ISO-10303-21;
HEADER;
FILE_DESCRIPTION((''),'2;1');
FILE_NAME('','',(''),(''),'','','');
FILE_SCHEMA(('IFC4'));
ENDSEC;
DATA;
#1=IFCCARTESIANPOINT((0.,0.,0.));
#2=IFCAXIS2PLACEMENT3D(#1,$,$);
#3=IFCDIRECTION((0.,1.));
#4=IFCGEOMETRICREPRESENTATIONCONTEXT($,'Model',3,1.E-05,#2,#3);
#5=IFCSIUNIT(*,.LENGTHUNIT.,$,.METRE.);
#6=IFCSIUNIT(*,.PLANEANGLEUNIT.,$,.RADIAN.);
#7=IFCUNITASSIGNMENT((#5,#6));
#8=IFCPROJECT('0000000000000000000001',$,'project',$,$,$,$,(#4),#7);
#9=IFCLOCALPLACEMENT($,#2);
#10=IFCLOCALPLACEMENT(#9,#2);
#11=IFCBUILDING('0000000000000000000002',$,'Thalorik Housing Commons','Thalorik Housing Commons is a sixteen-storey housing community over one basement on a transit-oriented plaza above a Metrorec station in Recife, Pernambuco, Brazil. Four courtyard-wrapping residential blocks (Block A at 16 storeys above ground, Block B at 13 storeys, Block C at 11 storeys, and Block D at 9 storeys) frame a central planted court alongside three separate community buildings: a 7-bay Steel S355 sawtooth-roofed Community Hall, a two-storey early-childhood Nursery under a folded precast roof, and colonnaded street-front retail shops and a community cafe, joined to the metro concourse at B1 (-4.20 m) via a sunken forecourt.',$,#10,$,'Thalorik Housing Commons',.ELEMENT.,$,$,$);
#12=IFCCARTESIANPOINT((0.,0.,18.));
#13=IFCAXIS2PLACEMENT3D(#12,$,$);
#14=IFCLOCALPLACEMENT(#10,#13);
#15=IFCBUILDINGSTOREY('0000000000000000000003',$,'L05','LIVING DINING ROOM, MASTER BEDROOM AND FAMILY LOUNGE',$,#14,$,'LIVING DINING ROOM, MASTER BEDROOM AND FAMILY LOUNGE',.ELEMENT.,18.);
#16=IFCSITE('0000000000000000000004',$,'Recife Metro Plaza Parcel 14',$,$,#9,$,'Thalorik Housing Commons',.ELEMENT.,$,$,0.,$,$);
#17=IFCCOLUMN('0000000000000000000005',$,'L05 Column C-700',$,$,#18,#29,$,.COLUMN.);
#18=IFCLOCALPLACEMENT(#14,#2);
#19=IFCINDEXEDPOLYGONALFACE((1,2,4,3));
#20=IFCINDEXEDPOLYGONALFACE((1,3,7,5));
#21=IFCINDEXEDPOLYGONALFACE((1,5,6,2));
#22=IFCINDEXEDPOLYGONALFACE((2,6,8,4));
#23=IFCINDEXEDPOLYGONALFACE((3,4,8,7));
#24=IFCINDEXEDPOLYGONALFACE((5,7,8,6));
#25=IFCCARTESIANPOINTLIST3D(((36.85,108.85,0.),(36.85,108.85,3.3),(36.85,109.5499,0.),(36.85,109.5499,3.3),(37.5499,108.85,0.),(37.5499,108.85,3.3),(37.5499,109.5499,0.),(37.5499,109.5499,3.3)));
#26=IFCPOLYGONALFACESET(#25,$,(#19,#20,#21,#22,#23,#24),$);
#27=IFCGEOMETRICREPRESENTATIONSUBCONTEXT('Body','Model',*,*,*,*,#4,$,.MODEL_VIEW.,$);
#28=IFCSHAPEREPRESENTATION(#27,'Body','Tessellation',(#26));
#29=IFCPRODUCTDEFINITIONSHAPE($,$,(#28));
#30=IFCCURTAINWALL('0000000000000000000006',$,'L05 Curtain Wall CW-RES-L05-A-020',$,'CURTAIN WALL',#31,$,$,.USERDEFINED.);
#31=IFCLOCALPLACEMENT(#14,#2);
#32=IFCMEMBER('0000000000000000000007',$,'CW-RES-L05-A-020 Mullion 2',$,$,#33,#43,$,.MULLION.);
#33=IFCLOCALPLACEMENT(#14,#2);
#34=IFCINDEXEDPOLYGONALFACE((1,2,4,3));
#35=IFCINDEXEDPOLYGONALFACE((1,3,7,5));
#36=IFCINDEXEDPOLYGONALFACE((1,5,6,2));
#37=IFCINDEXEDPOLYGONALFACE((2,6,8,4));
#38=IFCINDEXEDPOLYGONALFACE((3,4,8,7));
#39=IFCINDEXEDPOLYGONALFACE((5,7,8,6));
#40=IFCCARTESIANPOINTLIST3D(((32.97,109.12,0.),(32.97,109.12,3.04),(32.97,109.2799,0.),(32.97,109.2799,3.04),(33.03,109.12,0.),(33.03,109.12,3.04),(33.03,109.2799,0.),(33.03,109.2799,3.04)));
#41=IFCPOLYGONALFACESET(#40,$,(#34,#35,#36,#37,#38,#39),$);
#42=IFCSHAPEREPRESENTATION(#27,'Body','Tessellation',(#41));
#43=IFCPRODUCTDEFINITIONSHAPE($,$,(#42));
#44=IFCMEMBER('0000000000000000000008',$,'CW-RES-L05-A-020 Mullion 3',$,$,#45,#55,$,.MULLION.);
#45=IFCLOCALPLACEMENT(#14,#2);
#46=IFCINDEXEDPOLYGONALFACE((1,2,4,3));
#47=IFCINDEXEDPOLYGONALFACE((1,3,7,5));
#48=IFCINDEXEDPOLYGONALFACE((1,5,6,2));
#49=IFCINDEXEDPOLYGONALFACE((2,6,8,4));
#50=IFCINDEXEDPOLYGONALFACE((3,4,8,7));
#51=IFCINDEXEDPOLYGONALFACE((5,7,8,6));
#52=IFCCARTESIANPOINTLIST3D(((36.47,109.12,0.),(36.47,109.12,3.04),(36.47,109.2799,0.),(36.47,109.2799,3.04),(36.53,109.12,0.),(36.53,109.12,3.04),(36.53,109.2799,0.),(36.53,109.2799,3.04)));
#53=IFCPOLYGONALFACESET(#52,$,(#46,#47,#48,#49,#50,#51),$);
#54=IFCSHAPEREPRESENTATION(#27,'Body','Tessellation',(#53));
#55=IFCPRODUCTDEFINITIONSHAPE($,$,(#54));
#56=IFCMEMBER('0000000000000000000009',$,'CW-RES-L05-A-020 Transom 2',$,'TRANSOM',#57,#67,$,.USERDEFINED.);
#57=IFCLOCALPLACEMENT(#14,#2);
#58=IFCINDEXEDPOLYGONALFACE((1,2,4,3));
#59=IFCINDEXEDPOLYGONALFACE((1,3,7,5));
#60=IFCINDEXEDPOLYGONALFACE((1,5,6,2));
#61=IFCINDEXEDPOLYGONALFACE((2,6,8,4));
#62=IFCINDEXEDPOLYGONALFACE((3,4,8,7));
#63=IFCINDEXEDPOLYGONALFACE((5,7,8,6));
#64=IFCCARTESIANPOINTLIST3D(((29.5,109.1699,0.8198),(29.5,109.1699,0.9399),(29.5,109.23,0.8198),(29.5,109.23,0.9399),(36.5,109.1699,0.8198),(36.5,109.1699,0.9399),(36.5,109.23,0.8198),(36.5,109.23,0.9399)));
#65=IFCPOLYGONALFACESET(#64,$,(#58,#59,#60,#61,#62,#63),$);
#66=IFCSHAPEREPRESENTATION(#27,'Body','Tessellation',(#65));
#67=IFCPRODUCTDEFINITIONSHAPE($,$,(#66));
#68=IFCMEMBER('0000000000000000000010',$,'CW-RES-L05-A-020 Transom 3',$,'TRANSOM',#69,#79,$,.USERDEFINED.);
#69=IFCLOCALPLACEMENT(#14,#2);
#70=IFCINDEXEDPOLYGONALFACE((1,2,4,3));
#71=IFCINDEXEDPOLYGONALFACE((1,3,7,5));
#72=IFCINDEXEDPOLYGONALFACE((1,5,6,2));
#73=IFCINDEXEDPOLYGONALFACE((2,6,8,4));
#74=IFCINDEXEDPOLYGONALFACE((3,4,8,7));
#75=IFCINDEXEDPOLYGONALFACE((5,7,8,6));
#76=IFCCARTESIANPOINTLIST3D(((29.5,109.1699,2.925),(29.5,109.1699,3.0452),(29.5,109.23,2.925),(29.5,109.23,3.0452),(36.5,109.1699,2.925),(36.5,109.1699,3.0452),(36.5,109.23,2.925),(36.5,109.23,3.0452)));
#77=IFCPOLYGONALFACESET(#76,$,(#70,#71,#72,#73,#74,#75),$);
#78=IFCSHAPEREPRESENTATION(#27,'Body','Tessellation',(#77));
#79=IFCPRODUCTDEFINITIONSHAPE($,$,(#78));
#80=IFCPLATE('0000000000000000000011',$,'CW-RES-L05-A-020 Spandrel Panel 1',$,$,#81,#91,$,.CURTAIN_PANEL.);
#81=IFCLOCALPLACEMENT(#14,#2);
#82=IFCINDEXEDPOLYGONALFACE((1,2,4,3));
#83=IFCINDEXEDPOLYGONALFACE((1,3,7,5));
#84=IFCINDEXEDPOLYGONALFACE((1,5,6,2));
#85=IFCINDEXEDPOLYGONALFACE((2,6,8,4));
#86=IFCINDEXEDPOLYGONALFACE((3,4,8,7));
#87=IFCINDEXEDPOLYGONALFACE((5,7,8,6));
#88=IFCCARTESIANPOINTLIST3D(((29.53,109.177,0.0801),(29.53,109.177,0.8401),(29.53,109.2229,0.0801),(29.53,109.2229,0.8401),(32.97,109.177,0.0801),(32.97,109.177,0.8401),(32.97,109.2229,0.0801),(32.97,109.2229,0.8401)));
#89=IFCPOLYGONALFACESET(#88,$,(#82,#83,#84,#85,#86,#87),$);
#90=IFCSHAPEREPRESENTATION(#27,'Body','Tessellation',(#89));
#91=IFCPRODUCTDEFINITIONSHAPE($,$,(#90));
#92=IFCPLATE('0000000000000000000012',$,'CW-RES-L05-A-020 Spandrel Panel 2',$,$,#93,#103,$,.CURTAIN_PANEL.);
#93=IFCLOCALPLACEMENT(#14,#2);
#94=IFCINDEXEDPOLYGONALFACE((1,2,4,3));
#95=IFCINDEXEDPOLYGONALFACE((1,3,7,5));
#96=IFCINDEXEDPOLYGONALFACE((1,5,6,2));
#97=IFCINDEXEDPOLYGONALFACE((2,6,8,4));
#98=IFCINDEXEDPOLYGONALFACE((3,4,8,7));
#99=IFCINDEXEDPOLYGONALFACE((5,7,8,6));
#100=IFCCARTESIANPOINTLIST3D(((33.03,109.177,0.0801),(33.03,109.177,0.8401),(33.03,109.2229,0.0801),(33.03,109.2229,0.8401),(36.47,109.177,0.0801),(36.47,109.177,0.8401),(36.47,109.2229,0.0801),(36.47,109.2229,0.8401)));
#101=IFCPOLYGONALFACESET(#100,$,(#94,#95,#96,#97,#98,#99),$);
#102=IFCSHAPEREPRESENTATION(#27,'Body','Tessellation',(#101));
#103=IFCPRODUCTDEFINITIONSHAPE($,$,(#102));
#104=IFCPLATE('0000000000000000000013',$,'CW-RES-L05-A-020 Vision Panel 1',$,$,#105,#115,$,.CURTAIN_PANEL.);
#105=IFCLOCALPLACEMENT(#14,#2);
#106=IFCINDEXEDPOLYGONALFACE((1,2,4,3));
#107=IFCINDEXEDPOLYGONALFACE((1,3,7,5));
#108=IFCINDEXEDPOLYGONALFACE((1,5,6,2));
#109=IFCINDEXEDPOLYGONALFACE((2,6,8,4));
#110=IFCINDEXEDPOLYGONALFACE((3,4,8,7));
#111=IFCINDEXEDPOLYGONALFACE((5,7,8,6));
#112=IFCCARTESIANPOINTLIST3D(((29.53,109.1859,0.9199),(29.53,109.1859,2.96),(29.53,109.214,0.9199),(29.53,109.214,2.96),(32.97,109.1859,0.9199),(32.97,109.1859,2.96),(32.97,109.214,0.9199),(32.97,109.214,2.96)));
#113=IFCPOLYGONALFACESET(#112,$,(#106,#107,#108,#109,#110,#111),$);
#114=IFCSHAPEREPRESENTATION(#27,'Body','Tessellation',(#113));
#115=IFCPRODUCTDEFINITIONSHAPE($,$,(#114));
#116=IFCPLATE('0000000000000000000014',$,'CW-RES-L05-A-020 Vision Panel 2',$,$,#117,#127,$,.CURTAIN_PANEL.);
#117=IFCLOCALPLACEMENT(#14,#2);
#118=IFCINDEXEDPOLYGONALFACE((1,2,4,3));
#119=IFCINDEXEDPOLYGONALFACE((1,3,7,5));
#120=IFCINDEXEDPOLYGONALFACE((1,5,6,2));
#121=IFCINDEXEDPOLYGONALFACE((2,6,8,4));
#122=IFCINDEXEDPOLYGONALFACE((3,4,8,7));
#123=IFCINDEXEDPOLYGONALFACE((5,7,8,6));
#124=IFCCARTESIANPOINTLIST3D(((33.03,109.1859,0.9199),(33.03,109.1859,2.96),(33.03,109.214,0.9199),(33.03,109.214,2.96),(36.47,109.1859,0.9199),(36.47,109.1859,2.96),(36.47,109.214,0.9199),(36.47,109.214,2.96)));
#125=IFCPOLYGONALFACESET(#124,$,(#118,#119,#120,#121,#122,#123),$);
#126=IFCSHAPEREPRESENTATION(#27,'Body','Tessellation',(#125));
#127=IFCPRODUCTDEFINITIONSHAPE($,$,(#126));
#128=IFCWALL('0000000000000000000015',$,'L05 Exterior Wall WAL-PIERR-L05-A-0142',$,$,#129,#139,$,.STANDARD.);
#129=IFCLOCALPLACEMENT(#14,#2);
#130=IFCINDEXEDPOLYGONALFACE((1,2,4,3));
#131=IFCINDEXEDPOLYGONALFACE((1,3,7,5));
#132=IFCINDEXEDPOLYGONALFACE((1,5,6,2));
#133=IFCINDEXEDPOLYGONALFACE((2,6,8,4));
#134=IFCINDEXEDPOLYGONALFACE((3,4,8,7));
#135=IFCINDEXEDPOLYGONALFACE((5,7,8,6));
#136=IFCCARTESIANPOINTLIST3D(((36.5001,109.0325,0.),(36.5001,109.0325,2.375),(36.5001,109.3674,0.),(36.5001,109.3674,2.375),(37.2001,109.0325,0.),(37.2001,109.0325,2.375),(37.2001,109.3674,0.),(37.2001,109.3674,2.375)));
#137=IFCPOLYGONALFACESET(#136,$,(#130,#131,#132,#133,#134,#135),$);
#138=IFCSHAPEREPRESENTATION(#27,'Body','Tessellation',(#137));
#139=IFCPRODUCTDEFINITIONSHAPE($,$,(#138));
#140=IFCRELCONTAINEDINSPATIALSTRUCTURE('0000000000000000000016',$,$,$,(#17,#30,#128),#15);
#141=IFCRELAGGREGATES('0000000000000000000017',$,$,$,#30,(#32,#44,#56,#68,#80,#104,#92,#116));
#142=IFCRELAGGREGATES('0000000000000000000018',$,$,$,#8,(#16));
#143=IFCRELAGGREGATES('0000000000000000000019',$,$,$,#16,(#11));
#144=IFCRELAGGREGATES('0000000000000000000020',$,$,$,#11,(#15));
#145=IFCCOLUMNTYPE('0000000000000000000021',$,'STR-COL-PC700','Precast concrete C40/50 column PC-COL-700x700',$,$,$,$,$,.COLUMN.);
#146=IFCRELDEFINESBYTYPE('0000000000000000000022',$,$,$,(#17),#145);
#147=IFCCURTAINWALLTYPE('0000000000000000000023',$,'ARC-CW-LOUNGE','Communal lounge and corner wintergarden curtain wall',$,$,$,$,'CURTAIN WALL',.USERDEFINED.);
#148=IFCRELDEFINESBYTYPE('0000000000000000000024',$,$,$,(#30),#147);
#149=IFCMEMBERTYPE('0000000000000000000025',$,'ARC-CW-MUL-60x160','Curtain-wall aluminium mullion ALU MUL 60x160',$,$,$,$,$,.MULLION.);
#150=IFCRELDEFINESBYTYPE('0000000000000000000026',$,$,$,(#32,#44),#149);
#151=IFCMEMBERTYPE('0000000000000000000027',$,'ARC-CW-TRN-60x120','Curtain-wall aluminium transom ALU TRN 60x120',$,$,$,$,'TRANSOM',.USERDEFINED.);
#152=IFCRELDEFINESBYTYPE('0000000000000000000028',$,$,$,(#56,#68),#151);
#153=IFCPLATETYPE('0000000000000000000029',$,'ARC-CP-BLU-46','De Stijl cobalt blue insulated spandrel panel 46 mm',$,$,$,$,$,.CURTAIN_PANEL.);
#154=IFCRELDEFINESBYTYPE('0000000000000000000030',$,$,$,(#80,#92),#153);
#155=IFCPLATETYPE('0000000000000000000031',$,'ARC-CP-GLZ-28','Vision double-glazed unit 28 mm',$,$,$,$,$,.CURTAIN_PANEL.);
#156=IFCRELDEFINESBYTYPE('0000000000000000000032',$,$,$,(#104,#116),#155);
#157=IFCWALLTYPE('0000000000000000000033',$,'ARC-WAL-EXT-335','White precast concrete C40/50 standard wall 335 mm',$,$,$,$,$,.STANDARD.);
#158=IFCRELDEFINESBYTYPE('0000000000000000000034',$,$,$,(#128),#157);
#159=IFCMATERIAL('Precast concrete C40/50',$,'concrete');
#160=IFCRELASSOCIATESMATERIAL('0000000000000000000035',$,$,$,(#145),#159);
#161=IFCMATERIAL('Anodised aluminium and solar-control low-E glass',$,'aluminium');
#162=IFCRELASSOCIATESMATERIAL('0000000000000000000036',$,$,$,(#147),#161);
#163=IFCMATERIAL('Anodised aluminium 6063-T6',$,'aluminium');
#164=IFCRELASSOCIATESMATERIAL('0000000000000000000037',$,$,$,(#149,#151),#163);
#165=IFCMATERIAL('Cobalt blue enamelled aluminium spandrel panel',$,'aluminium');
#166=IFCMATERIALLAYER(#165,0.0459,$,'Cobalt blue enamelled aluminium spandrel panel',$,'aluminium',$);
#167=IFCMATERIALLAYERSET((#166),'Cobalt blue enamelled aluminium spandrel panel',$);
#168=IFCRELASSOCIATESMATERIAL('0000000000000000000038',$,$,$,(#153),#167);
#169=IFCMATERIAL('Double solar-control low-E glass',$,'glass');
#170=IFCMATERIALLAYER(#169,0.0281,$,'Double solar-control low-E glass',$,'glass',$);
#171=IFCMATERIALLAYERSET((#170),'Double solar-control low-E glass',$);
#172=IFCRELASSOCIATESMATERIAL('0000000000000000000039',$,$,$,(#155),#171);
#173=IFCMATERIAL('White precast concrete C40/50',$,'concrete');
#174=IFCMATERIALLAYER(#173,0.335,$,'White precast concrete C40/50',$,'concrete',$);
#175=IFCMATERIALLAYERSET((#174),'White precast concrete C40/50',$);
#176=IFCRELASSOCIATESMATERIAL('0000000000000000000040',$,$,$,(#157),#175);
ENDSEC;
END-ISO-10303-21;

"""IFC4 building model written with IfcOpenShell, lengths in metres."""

from ifc_helpers import new_model, si_unit, direction, frame, frame_2d, origin, origin_2d, place, context, subcontext, project, spatial, rectangle, extrude, material, layer, layer_set, material_profile, profile_set, type_object, element, aggregate, save


model = new_model("IFC4")

# Units and contexts
model_context = context("Model", 3, precision=1e-05, world=origin(), true_north=direction((0.0, 1.0)))
body_context = subcontext(model_context, "Body", "Model", "MODEL_VIEW")
ifc_project = project(units=[si_unit("LENGTHUNIT", "METRE"), si_unit("PLANEANGLEUNIT", "RADIAN")], contexts=[model_context])

# Site, building, storey
site_placement = place(None, origin())
site = spatial("IfcSite", under=ifc_project, at=site_placement, Name="Recife Metro Plaza Parcel 14", LongName="Thalorik Housing Commons", CompositionType="ELEMENT", RefElevation=0.0)
building_placement = place(site_placement, origin())
building = spatial("IfcBuilding", under=site, at=building_placement, Name="Thalorik Housing Commons", Description="Thalorik Housing Commons is a sixteen-storey housing community over one basement on a transit-oriented plaza above a Metrorec station in Recife, Pernambuco, Brazil. Four courtyard-wrapping residential blocks (Block A at 16 storeys above ground, Block B at 13 storeys, Block C at 11 storeys, and Block D at 9 storeys) frame a central planted court alongside three separate community buildings: a 7-bay Steel S355 sawtooth-roofed Community Hall, a two-storey early-childhood Nursery under a folded precast roof, and colonnaded street-front retail shops and a community cafe, joined to the metro concourse at B1 (-4.20 m) via a sunken forecourt.", LongName="Thalorik Housing Commons", CompositionType="ELEMENT")
storey_placement = place(building_placement, frame((0.0, 0.0, 18.0)))
storey = spatial("IfcBuildingStorey", under=building, at=storey_placement, Name="L05", Description="LIVING DINING ROOM, MASTER BEDROOM AND FAMILY LOUNGE", LongName="LIVING DINING ROOM, MASTER BEDROOM AND FAMILY LOUNGE", CompositionType="ELEMENT", Elevation=18.0)

# Column
ifc_material_1 = material(Name="Precast concrete C40/50", Category="concrete")
ifc_material_profile_1 = material_profile(ifc_material_1, rectangle(XDim=0.7, YDim=0.7, at=origin_2d()), Name="PC 700x700", Category="concrete")
ifc_profile_set_1 = profile_set([ifc_material_profile_1], Name="Precast concrete C40/50")
column_type = type_object("IfcColumnType", Name="STR-COL-PC700", Description="Precast concrete C40/50 column PC-COL-700x700", PredefinedType="COLUMN", material=ifc_profile_set_1)
column_placement = place(storey_placement, frame((37.2, 109.2, 0.0), z_axis=(0.0, 0.0, 1.0), x_axis=(1.0, 0.0, 0.0)))
element("IfcColumn", 1, at=column_placement, inside=storey, type_object=column_type, Name="L05 Column C-700", PredefinedType="COLUMN", context=body_context, shape_type="SweptSolid", body=[
    extrude(rectangle(XDim=0.7, YDim=0.7, at=origin_2d()), origin(), (0.0, 0.0, 1.0), 3.3),
])

# Curtain wall, members, plates
ifc_material_2 = material(Name="Anodised aluminium and solar-control low-E glass", Category="aluminium")
curtain_wall_type = type_object("IfcCurtainWallType", Name="ARC-CW-LOUNGE", Description="Communal lounge and corner wintergarden curtain wall", ElementType="CURTAIN WALL", PredefinedType="USERDEFINED", material=ifc_material_2)
curtain_wall_placement = place(storey_placement, origin())
curtain_wall = element("IfcCurtainWall", 2, at=curtain_wall_placement, inside=storey, type_object=curtain_wall_type, Name="L05 Curtain Wall CW-RES-L05-A-020", ObjectType="CURTAIN WALL", PredefinedType="USERDEFINED")
ifc_material_3 = material(Name="Anodised aluminium 6063-T6", Category="aluminium")
ifc_material_profile_2 = material_profile(ifc_material_3, rectangle(XDim=0.0601, YDim=0.1599, at=origin_2d()), Name="ALU MUL 60x160", Category="aluminium")
ifc_profile_set_2 = profile_set([ifc_material_profile_2], Name="Anodised aluminium 6063-T6")
member_type_1 = type_object("IfcMemberType", Name="ARC-CW-MUL-60x160", Description="Curtain-wall aluminium mullion ALU MUL 60x160", PredefinedType="MULLION", material=ifc_profile_set_2)
member_1_placement = place(storey_placement, frame((33.0, 109.2, 0.0), z_axis=(0.0, 0.0, 1.0), x_axis=(1.0, 0.0, 0.0)))
member_1 = element("IfcMember", 3, at=member_1_placement, type_object=member_type_1, Name="CW-RES-L05-A-020 Mullion 2", PredefinedType="MULLION", context=body_context, shape_type="SweptSolid", body=[
    extrude(rectangle(XDim=0.0601, YDim=0.1599, at=origin_2d()), origin(), (0.0, 0.0, 1.0), 3.04),
])
member_2_placement = place(storey_placement, frame((36.5, 109.2, 0.0), z_axis=(0.0, 0.0, 1.0), x_axis=(1.0, 0.0, 0.0)))
member_2 = element("IfcMember", 4, at=member_2_placement, type_object=member_type_1, Name="CW-RES-L05-A-020 Mullion 3", PredefinedType="MULLION", context=body_context, shape_type="SweptSolid", body=[
    extrude(rectangle(XDim=0.0601, YDim=0.1599, at=origin_2d()), origin(), (0.0, 0.0, 1.0), 3.04),
])
ifc_material_profile_3 = material_profile(ifc_material_3, rectangle(XDim=0.0601, YDim=0.1201, at=origin_2d()), Name="ALU TRN 60x120", Category="aluminium")
ifc_profile_set_3 = profile_set([ifc_material_profile_3], Name="Anodised aluminium 6063-T6")
member_type_2 = type_object("IfcMemberType", Name="ARC-CW-TRN-60x120", Description="Curtain-wall aluminium transom ALU TRN 60x120", ElementType="TRANSOM", PredefinedType="USERDEFINED", material=ifc_profile_set_3)
member_3_placement = place(storey_placement, frame((29.5, 109.2, 0.8799), z_axis=(1.0, 0.0, 0.0), x_axis=(0.0, 1.0, 0.0)))
member_3 = element("IfcMember", 5, at=member_3_placement, type_object=member_type_2, Name="CW-RES-L05-A-020 Transom 2", ObjectType="TRANSOM", PredefinedType="USERDEFINED", context=body_context, shape_type="SweptSolid", body=[
    extrude(rectangle(XDim=0.0601, YDim=0.1201, at=origin_2d()), origin(), (0.0, 0.0, 1.0), 7.0),
])
member_4_placement = place(storey_placement, frame((29.5, 109.2, 2.9851), z_axis=(1.0, 0.0, 0.0), x_axis=(0.0, 1.0, 0.0)))
member_4 = element("IfcMember", 6, at=member_4_placement, type_object=member_type_2, Name="CW-RES-L05-A-020 Transom 3", ObjectType="TRANSOM", PredefinedType="USERDEFINED", context=body_context, shape_type="SweptSolid", body=[
    extrude(rectangle(XDim=0.0601, YDim=0.1201, at=origin_2d()), origin(), (0.0, 0.0, 1.0), 7.0),
])
ifc_material_4 = material(Name="Cobalt blue enamelled aluminium spandrel panel", Category="aluminium")
ifc_layer_1 = layer(ifc_material_4, 0.0459, Name="Cobalt blue enamelled aluminium spandrel panel", Category="aluminium")
ifc_layer_set_1 = layer_set([ifc_layer_1], Name="Cobalt blue enamelled aluminium spandrel panel")
plate_type_1 = type_object("IfcPlateType", Name="ARC-CP-BLU-46", Description="De Stijl cobalt blue insulated spandrel panel 46 mm", PredefinedType="CURTAIN_PANEL", material=ifc_layer_set_1)
plate_1_placement = place(storey_placement, frame((31.25, 109.2, 0.0801), z_axis=(0.0, 0.0, 1.0), x_axis=(1.0, 0.0, 0.0)))
plate_1 = element("IfcPlate", 7, at=plate_1_placement, type_object=plate_type_1, Name="CW-RES-L05-A-020 Spandrel Panel 1", PredefinedType="CURTAIN_PANEL", context=body_context, shape_type="SweptSolid", body=[
    extrude(rectangle(XDim=3.4399, YDim=0.0459, at=origin_2d()), origin(), (0.0, 0.0, 1.0), 0.76),
])
plate_2_placement = place(storey_placement, frame((34.75, 109.2, 0.0801), z_axis=(0.0, 0.0, 1.0), x_axis=(1.0, 0.0, 0.0)))
plate_2 = element("IfcPlate", 8, at=plate_2_placement, type_object=plate_type_1, Name="CW-RES-L05-A-020 Spandrel Panel 2", PredefinedType="CURTAIN_PANEL", context=body_context, shape_type="SweptSolid", body=[
    extrude(rectangle(XDim=3.4399, YDim=0.0459, at=origin_2d()), origin(), (0.0, 0.0, 1.0), 0.76),
])
ifc_material_5 = material(Name="Double solar-control low-E glass", Category="glass")
ifc_layer_2 = layer(ifc_material_5, 0.0281, Name="Double solar-control low-E glass", Category="glass")
ifc_layer_set_2 = layer_set([ifc_layer_2], Name="Double solar-control low-E glass")
plate_type_2 = type_object("IfcPlateType", Name="ARC-CP-GLZ-28", Description="Vision double-glazed unit 28 mm", PredefinedType="CURTAIN_PANEL", material=ifc_layer_set_2)
plate_3_placement = place(storey_placement, frame((31.25, 109.2, 0.9199), z_axis=(0.0, 0.0, 1.0), x_axis=(1.0, 0.0, 0.0)))
plate_3 = element("IfcPlate", 9, at=plate_3_placement, type_object=plate_type_2, Name="CW-RES-L05-A-020 Vision Panel 1", PredefinedType="CURTAIN_PANEL", context=body_context, shape_type="SweptSolid", body=[
    extrude(rectangle(XDim=3.4399, YDim=0.0281, at=origin_2d()), origin(), (0.0, 0.0, 1.0), 2.04),
])
plate_4_placement = place(storey_placement, frame((34.75, 109.2, 0.9199), z_axis=(0.0, 0.0, 1.0), x_axis=(1.0, 0.0, 0.0)))
plate_4 = element("IfcPlate", 10, at=plate_4_placement, type_object=plate_type_2, Name="CW-RES-L05-A-020 Vision Panel 2", PredefinedType="CURTAIN_PANEL", context=body_context, shape_type="SweptSolid", body=[
    extrude(rectangle(XDim=3.4399, YDim=0.0281, at=origin_2d()), origin(), (0.0, 0.0, 1.0), 2.04),
])
aggregate(curtain_wall, [member_1, member_2, member_3, member_4, plate_1, plate_3, plate_2, plate_4])

# Wall
ifc_material_6 = material(Name="White precast concrete C40/50", Category="concrete")
ifc_layer_3 = layer(ifc_material_6, 0.335, Name="White precast concrete C40/50", Category="concrete")
ifc_layer_set_3 = layer_set([ifc_layer_3], Name="White precast concrete C40/50")
wall_type_1 = type_object("IfcWallType", Name="ARC-WAL-EXT-335", Description="White precast concrete C40/50 standard wall 335 mm", PredefinedType="STANDARD", material=ifc_layer_set_3)
wall_1_placement = place(storey_placement, frame((36.5, 109.2, 0.0), z_axis=(0.0, 0.0, 1.0), x_axis=(1.0, 0.0, 0.0)))
element("IfcWall", 11, at=wall_1_placement, inside=storey, type_object=wall_type_1, Name="L05 Exterior Wall WAL-PIERR-L05-A-0142", PredefinedType="STANDARD", context=body_context, shape_type="SweptSolid", body=[
    extrude(rectangle(XDim=0.7, YDim=0.335, at=frame_2d((0.3501, 0.0))), origin(), (0.0, 0.0, 1.0), 2.375),
])

save(model, "model.ifc")
